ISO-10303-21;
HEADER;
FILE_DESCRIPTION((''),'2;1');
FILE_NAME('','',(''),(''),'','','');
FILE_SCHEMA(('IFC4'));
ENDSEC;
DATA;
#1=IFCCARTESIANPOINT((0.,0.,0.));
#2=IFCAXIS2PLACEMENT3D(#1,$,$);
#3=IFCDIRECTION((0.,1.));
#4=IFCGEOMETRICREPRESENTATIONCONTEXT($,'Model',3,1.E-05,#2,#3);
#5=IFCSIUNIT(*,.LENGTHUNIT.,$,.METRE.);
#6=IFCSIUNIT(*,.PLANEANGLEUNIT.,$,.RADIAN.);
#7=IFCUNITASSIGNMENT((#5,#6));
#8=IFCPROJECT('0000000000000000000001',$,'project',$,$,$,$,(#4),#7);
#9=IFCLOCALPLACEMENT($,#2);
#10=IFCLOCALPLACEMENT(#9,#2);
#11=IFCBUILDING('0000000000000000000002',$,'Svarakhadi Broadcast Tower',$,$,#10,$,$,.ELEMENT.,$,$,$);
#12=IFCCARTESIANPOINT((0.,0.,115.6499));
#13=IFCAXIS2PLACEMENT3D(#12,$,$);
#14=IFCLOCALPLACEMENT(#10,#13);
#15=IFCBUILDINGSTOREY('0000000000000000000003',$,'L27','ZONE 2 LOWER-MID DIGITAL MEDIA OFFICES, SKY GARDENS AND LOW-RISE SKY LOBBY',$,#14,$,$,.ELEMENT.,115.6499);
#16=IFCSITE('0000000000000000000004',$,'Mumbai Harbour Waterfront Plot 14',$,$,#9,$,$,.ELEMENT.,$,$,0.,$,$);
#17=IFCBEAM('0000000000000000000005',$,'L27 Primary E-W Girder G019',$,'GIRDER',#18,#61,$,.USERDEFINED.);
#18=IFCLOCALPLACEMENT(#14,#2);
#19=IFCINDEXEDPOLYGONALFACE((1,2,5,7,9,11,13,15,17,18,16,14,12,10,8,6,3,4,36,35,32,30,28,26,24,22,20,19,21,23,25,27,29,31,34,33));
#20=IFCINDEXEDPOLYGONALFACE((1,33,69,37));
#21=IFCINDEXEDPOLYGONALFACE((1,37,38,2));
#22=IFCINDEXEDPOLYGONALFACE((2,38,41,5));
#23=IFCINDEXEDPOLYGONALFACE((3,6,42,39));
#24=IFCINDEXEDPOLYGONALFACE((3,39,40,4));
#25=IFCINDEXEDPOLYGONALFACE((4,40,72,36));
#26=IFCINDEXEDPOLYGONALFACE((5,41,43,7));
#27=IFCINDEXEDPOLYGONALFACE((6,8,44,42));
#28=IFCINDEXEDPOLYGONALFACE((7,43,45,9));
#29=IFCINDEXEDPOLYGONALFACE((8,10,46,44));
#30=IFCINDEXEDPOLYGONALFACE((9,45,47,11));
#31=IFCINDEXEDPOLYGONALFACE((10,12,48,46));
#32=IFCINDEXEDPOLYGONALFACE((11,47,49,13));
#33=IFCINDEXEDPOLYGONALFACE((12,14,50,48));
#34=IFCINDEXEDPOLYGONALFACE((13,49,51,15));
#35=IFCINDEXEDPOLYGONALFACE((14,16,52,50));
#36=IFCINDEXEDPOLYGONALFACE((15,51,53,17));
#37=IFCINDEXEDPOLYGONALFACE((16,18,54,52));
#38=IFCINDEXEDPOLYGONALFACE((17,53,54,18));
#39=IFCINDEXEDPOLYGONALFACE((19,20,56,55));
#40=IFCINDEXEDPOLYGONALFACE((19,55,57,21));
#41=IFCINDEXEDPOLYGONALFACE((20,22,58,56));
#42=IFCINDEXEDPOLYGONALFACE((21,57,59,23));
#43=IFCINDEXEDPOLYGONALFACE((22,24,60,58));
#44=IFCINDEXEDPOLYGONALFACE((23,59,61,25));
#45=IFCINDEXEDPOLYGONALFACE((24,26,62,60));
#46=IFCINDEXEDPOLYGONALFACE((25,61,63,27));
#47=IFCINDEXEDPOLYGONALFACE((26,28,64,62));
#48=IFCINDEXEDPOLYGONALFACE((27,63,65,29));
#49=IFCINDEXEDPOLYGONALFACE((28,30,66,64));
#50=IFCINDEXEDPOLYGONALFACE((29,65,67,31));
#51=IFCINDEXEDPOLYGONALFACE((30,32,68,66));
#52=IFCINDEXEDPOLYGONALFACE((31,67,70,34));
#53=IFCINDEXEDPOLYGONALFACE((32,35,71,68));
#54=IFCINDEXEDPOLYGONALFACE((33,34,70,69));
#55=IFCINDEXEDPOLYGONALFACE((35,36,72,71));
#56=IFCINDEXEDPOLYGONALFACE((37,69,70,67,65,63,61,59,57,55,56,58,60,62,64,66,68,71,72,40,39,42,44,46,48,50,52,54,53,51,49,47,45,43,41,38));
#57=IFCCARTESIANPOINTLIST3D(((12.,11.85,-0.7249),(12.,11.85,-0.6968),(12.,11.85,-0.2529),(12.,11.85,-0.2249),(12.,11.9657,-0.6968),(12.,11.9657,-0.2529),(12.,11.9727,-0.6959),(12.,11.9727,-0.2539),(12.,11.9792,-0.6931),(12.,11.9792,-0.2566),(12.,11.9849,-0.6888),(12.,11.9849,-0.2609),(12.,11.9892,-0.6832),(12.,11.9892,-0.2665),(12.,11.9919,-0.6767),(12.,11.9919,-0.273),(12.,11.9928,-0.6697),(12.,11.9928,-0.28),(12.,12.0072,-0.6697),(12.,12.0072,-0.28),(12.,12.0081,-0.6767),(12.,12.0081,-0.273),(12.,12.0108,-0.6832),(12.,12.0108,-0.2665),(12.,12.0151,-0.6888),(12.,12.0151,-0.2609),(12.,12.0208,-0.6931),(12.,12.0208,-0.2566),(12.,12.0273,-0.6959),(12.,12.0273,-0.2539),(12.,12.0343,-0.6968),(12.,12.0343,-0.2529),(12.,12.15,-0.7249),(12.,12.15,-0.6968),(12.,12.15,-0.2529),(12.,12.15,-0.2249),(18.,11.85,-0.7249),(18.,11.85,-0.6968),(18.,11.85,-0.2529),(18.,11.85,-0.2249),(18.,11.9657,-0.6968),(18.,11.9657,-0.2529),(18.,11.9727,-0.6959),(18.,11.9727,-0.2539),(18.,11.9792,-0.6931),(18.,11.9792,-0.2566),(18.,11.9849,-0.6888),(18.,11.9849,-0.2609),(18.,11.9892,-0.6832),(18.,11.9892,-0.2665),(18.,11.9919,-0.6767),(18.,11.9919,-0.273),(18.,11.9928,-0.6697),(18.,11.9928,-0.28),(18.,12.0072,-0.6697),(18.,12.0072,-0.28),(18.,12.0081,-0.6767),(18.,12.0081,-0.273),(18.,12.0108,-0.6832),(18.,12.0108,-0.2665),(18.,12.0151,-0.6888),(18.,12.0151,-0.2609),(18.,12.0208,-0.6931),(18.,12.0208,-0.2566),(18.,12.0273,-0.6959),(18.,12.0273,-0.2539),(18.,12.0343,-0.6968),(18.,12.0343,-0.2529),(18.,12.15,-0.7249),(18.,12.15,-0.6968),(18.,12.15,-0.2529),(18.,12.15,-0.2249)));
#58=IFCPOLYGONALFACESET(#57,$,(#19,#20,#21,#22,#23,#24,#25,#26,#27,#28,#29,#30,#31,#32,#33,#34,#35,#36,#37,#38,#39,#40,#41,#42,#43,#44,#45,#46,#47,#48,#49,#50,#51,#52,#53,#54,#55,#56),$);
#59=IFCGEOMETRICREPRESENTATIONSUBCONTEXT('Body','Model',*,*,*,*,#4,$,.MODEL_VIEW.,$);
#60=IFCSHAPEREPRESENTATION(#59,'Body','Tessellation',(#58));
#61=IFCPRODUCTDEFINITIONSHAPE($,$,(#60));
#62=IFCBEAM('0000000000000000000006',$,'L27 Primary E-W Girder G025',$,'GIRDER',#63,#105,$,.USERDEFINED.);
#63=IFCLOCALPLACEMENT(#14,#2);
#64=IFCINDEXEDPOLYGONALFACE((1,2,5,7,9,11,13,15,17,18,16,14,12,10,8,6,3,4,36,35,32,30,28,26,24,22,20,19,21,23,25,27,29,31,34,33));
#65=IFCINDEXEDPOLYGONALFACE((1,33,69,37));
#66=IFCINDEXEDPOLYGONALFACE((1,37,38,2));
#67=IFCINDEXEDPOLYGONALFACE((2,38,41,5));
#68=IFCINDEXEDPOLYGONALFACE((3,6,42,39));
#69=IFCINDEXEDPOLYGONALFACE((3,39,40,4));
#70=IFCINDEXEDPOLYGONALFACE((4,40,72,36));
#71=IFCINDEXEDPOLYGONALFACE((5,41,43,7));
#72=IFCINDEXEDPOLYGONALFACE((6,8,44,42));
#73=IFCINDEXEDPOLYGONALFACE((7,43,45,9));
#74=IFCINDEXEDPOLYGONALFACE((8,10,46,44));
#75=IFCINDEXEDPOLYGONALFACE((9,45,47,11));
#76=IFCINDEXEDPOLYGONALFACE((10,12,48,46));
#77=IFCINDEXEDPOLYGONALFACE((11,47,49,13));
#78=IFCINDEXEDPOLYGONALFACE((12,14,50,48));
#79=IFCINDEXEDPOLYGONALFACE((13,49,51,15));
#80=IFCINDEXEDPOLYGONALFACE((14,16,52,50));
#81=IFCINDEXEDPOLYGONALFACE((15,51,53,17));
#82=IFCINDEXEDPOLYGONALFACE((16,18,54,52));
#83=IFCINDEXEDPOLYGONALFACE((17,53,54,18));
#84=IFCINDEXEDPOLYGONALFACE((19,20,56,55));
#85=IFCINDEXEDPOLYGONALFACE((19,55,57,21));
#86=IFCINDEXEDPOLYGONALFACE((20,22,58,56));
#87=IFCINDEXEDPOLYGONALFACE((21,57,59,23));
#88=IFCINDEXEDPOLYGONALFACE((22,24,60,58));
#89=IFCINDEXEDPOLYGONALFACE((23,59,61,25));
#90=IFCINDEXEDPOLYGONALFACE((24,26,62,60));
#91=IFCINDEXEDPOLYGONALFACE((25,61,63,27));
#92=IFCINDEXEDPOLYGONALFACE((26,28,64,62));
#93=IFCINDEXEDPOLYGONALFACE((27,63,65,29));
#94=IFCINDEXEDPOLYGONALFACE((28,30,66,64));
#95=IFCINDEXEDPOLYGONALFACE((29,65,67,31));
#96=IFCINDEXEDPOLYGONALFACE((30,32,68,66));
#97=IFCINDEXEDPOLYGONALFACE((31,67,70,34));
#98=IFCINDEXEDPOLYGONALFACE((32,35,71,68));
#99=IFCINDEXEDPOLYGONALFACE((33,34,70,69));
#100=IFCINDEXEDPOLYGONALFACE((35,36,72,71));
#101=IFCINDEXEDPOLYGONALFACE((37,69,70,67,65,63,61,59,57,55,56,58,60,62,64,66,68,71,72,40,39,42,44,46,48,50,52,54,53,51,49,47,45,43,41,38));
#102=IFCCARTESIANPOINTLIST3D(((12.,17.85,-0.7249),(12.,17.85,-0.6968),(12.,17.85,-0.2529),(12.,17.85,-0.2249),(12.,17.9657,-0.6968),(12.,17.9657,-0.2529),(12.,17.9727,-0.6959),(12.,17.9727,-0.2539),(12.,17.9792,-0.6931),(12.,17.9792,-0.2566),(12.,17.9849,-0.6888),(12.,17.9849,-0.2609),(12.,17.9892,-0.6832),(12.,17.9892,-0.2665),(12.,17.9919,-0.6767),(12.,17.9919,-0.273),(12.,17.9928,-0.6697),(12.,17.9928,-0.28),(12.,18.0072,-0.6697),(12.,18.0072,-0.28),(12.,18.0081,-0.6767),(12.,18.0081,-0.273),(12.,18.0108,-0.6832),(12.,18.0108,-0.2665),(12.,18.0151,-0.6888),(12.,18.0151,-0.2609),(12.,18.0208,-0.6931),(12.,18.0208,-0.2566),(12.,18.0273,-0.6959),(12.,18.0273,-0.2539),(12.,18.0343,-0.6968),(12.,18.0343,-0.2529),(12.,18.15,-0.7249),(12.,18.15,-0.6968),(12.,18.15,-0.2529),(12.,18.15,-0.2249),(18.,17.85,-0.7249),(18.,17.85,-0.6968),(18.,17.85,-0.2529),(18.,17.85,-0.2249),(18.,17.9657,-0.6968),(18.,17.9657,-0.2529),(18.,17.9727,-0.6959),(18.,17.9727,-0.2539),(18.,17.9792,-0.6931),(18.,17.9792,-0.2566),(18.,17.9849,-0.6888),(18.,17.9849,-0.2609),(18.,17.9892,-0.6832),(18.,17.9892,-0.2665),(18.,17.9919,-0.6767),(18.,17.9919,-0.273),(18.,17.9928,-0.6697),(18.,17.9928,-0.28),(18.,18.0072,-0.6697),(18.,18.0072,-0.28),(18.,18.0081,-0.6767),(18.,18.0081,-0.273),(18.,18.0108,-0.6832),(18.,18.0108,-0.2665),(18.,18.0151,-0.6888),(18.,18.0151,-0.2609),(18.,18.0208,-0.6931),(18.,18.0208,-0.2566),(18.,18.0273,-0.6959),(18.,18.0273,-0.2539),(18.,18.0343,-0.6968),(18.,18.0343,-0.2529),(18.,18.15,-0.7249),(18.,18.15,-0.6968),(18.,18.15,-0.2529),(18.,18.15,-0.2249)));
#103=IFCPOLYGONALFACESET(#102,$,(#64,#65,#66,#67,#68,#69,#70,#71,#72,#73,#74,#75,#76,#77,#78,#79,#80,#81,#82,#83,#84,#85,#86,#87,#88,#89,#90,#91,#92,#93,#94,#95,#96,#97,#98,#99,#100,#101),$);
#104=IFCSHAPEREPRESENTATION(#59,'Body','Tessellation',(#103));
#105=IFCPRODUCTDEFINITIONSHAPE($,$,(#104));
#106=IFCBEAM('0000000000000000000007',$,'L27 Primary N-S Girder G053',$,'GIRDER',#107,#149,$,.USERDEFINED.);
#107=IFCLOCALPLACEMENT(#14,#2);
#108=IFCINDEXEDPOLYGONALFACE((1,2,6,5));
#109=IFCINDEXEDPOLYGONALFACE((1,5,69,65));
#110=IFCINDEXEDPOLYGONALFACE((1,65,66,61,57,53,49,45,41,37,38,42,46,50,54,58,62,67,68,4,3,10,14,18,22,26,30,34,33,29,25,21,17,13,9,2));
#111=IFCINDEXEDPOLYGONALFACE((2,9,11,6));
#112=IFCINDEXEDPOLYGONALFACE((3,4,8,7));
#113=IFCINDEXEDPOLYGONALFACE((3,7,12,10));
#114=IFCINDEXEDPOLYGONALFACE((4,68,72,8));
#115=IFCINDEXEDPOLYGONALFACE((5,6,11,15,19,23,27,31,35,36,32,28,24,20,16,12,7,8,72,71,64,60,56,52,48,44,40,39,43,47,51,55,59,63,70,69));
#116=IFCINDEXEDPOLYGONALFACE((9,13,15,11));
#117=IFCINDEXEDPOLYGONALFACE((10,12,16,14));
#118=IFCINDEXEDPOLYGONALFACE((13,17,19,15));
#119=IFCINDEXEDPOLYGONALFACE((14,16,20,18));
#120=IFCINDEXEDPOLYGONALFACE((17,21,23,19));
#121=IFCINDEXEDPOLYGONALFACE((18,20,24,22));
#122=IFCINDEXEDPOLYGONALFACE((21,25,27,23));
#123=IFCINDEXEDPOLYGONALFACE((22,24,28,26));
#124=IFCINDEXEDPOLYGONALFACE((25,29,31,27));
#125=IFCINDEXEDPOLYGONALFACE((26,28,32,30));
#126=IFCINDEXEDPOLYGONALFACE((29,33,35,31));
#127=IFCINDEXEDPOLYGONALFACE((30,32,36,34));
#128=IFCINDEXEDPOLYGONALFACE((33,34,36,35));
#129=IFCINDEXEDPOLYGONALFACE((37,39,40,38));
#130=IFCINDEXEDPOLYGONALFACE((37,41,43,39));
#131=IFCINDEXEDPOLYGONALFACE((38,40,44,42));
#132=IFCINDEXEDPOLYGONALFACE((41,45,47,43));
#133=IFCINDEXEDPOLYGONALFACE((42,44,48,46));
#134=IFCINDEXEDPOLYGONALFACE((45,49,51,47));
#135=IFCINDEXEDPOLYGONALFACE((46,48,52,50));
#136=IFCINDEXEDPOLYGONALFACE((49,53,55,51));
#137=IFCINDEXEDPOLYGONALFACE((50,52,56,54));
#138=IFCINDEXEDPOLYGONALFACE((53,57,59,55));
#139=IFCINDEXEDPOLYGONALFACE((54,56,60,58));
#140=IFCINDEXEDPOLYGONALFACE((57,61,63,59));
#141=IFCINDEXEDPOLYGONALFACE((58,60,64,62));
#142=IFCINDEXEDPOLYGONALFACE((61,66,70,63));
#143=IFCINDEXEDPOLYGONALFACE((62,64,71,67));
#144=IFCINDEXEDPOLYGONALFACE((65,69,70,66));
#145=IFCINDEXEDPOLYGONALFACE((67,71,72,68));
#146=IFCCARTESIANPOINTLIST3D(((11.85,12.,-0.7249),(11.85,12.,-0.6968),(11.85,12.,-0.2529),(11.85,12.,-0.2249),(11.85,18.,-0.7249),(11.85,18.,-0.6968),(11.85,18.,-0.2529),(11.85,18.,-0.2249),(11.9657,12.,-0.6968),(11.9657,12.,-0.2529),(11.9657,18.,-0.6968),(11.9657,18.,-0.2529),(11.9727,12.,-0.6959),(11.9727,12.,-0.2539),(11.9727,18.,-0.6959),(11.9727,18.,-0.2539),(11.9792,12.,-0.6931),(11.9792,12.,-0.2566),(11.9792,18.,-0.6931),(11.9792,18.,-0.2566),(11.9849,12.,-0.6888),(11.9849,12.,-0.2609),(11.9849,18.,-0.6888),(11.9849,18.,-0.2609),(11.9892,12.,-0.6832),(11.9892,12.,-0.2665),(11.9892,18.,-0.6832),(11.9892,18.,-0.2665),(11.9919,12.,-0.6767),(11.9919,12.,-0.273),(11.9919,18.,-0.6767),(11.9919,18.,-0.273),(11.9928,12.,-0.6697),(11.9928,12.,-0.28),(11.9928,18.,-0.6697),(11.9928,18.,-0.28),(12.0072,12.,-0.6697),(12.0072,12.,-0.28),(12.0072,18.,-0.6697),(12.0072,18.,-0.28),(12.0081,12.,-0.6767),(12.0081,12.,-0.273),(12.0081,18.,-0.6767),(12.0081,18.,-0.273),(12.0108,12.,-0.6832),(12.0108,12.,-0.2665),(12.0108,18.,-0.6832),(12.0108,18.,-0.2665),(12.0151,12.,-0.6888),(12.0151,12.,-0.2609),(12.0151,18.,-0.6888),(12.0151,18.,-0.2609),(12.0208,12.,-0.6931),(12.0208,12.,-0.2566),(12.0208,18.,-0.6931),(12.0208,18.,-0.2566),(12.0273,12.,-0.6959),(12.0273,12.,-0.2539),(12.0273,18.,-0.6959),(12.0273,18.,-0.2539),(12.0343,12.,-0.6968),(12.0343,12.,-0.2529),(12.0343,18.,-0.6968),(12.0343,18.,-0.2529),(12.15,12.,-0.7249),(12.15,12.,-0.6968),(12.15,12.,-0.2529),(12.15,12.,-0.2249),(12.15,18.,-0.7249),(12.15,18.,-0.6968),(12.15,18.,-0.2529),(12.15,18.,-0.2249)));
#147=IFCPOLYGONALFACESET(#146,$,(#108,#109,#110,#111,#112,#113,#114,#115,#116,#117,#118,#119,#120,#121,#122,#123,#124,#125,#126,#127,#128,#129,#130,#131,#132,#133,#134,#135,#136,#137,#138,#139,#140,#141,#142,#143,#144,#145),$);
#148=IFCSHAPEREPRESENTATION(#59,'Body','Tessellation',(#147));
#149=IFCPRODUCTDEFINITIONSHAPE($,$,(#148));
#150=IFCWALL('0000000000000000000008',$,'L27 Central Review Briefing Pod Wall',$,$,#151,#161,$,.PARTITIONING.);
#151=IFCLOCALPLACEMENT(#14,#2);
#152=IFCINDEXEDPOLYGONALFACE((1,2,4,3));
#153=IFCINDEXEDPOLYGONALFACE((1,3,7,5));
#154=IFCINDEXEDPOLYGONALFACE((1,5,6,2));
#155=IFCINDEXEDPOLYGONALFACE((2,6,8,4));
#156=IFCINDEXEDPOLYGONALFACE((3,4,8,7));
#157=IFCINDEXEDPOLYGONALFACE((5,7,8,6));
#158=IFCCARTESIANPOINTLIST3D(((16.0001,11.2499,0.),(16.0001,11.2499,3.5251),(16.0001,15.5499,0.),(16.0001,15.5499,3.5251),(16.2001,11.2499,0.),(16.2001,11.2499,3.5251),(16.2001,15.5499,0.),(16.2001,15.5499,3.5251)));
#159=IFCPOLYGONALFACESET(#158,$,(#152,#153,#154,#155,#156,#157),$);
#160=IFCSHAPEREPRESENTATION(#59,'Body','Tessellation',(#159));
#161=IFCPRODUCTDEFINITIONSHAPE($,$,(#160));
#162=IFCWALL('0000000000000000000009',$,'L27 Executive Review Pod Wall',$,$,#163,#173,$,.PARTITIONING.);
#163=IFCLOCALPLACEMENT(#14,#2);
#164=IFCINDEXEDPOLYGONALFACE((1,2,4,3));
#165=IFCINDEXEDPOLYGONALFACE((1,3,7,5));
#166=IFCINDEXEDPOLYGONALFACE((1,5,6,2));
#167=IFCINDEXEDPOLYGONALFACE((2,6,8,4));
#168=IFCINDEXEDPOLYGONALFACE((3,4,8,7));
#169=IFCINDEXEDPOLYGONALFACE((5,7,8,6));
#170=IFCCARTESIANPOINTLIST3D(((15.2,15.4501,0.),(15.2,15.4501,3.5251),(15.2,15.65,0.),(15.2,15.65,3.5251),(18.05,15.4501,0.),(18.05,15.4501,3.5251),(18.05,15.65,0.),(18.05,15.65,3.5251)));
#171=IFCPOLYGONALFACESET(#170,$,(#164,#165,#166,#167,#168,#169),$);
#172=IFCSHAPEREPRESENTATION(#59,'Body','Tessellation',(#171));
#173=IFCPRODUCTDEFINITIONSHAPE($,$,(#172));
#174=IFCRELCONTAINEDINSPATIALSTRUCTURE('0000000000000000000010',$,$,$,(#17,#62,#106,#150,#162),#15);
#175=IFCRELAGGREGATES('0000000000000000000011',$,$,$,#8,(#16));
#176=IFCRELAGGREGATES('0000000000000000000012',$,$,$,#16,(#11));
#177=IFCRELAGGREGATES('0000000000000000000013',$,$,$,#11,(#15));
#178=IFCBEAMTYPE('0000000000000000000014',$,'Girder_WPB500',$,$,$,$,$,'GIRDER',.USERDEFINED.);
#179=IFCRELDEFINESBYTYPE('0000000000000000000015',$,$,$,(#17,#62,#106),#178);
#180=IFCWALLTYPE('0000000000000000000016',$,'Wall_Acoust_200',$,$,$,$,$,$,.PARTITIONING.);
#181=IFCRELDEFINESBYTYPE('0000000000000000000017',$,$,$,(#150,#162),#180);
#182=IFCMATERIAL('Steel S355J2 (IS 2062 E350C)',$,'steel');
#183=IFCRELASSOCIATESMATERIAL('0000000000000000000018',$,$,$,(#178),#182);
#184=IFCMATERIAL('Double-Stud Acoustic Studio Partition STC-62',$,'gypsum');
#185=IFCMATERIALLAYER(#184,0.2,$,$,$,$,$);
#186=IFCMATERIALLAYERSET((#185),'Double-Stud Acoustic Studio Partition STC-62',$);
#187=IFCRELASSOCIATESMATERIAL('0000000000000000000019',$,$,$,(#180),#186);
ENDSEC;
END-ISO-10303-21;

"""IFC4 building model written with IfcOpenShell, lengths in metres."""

from ifc_helpers import new_model, si_unit, direction, frame, frame_2d, origin, origin_2d, place, context, subcontext, project, spatial, rectangle, i_section, extrude, material, layer, layer_set, material_profile, profile_set, type_object, element, save


model = new_model("IFC4")

# Units and contexts
model_context = context("Model", 3, precision=1e-05, world=origin(), true_north=direction((0.0, 1.0)))
body_context = subcontext(model_context, "Body", "Model", "MODEL_VIEW")
ifc_project = project(units=[si_unit("LENGTHUNIT", "METRE"), si_unit("PLANEANGLEUNIT", "RADIAN")], contexts=[model_context])

# Site, building, storey
site_placement = place(None, origin())
site = spatial("IfcSite", under=ifc_project, at=site_placement, Name="Mumbai Harbour Waterfront Plot 14", CompositionType="ELEMENT", RefElevation=0.0)
building_placement = place(site_placement, origin())
building = spatial("IfcBuilding", under=site, at=building_placement, Name="Svarakhadi Broadcast Tower", CompositionType="ELEMENT")
storey_placement = place(building_placement, frame((0.0, 0.0, 115.6499)))
storey = spatial("IfcBuildingStorey", under=building, at=storey_placement, Name="L27", Description="ZONE 2 LOWER-MID DIGITAL MEDIA OFFICES, SKY GARDENS AND LOW-RISE SKY LOBBY", CompositionType="ELEMENT", Elevation=115.6499)

# Beams
ifc_material_1 = material(Name="Steel S355J2 (IS 2062 E350C)", Category="steel")
ifc_material_profile_1 = material_profile(ifc_material_1, i_section(OverallWidth=0.3, OverallDepth=0.5, WebThickness=0.0144, FlangeThickness=0.0281, FilletRadius=0.0271, at=origin_2d()), Name="WPB 500x300x187")
ifc_profile_set_1 = profile_set([ifc_material_profile_1], Name="Steel S355J2 (IS 2062 E350C)")
beam_type_1 = type_object("IfcBeamType", Name="Girder_WPB500", ElementType="GIRDER", PredefinedType="USERDEFINED", material=ifc_profile_set_1)
for number, where, z_axis, x_axis, name in (
    (1, (12.0, 12.0, -0.4749), (1.0, 0.0, 0.0), (0.0, 1.0, 0.0), "L27 Primary E-W Girder G019"),
    (2, (12.0, 18.0, -0.4749), (1.0, 0.0, 0.0), (0.0, 1.0, 0.0), "L27 Primary E-W Girder G025"),
    (3, (12.0, 12.0, -0.4749), (0.0, 1.0, 0.0), (-1.0, 0.0, 0.0), "L27 Primary N-S Girder G053"),
):
    element("IfcBeam", number, at=place(storey_placement, frame(where, z_axis=z_axis, x_axis=x_axis)), inside=storey, type_object=beam_type_1, Name=name, ObjectType="GIRDER", PredefinedType="USERDEFINED", context=body_context, shape_type="SweptSolid", body=[
        extrude(i_section(OverallWidth=0.3, OverallDepth=0.5, WebThickness=0.0144, FlangeThickness=0.0281, FilletRadius=0.0271, at=origin_2d()), origin(), (0.0, 0.0, 1.0), 6.0),
    ])

# Walls
ifc_material_2 = material(Name="Double-Stud Acoustic Studio Partition STC-62", Category="gypsum")
ifc_layer_1 = layer(ifc_material_2, 0.2)
ifc_layer_set_1 = layer_set([ifc_layer_1], Name="Double-Stud Acoustic Studio Partition STC-62")
wall_type_1 = type_object("IfcWallType", Name="Wall_Acoust_200", PredefinedType="PARTITIONING", material=ifc_layer_set_1)
wall_1_placement = place(storey_placement, frame((16.1001, 11.25, 0.0), z_axis=(0.0, 0.0, 1.0), x_axis=(0.0, 1.0, 0.0)))
element("IfcWall", 4, at=wall_1_placement, inside=storey, type_object=wall_type_1, Name="L27 Central Review Briefing Pod Wall", PredefinedType="PARTITIONING", context=body_context, shape_type="SweptSolid", body=[
    extrude(rectangle(XDim=4.3, YDim=0.2, at=frame_2d((2.1499, 0.0))), origin(), (0.0, 0.0, 1.0), 3.5251),
])
wall_2_placement = place(storey_placement, frame((15.2, 15.55, 0.0), z_axis=(0.0, 0.0, 1.0), x_axis=(1.0, 0.0, 0.0)))
element("IfcWall", 5, at=wall_2_placement, inside=storey, type_object=wall_type_1, Name="L27 Executive Review Pod Wall", PredefinedType="PARTITIONING", context=body_context, shape_type="SweptSolid", body=[
    extrude(rectangle(XDim=2.8501, YDim=0.2, at=frame_2d((1.425, 0.0))), origin(), (0.0, 0.0, 1.0), 3.5251),
])

save(model, "model.ifc")
